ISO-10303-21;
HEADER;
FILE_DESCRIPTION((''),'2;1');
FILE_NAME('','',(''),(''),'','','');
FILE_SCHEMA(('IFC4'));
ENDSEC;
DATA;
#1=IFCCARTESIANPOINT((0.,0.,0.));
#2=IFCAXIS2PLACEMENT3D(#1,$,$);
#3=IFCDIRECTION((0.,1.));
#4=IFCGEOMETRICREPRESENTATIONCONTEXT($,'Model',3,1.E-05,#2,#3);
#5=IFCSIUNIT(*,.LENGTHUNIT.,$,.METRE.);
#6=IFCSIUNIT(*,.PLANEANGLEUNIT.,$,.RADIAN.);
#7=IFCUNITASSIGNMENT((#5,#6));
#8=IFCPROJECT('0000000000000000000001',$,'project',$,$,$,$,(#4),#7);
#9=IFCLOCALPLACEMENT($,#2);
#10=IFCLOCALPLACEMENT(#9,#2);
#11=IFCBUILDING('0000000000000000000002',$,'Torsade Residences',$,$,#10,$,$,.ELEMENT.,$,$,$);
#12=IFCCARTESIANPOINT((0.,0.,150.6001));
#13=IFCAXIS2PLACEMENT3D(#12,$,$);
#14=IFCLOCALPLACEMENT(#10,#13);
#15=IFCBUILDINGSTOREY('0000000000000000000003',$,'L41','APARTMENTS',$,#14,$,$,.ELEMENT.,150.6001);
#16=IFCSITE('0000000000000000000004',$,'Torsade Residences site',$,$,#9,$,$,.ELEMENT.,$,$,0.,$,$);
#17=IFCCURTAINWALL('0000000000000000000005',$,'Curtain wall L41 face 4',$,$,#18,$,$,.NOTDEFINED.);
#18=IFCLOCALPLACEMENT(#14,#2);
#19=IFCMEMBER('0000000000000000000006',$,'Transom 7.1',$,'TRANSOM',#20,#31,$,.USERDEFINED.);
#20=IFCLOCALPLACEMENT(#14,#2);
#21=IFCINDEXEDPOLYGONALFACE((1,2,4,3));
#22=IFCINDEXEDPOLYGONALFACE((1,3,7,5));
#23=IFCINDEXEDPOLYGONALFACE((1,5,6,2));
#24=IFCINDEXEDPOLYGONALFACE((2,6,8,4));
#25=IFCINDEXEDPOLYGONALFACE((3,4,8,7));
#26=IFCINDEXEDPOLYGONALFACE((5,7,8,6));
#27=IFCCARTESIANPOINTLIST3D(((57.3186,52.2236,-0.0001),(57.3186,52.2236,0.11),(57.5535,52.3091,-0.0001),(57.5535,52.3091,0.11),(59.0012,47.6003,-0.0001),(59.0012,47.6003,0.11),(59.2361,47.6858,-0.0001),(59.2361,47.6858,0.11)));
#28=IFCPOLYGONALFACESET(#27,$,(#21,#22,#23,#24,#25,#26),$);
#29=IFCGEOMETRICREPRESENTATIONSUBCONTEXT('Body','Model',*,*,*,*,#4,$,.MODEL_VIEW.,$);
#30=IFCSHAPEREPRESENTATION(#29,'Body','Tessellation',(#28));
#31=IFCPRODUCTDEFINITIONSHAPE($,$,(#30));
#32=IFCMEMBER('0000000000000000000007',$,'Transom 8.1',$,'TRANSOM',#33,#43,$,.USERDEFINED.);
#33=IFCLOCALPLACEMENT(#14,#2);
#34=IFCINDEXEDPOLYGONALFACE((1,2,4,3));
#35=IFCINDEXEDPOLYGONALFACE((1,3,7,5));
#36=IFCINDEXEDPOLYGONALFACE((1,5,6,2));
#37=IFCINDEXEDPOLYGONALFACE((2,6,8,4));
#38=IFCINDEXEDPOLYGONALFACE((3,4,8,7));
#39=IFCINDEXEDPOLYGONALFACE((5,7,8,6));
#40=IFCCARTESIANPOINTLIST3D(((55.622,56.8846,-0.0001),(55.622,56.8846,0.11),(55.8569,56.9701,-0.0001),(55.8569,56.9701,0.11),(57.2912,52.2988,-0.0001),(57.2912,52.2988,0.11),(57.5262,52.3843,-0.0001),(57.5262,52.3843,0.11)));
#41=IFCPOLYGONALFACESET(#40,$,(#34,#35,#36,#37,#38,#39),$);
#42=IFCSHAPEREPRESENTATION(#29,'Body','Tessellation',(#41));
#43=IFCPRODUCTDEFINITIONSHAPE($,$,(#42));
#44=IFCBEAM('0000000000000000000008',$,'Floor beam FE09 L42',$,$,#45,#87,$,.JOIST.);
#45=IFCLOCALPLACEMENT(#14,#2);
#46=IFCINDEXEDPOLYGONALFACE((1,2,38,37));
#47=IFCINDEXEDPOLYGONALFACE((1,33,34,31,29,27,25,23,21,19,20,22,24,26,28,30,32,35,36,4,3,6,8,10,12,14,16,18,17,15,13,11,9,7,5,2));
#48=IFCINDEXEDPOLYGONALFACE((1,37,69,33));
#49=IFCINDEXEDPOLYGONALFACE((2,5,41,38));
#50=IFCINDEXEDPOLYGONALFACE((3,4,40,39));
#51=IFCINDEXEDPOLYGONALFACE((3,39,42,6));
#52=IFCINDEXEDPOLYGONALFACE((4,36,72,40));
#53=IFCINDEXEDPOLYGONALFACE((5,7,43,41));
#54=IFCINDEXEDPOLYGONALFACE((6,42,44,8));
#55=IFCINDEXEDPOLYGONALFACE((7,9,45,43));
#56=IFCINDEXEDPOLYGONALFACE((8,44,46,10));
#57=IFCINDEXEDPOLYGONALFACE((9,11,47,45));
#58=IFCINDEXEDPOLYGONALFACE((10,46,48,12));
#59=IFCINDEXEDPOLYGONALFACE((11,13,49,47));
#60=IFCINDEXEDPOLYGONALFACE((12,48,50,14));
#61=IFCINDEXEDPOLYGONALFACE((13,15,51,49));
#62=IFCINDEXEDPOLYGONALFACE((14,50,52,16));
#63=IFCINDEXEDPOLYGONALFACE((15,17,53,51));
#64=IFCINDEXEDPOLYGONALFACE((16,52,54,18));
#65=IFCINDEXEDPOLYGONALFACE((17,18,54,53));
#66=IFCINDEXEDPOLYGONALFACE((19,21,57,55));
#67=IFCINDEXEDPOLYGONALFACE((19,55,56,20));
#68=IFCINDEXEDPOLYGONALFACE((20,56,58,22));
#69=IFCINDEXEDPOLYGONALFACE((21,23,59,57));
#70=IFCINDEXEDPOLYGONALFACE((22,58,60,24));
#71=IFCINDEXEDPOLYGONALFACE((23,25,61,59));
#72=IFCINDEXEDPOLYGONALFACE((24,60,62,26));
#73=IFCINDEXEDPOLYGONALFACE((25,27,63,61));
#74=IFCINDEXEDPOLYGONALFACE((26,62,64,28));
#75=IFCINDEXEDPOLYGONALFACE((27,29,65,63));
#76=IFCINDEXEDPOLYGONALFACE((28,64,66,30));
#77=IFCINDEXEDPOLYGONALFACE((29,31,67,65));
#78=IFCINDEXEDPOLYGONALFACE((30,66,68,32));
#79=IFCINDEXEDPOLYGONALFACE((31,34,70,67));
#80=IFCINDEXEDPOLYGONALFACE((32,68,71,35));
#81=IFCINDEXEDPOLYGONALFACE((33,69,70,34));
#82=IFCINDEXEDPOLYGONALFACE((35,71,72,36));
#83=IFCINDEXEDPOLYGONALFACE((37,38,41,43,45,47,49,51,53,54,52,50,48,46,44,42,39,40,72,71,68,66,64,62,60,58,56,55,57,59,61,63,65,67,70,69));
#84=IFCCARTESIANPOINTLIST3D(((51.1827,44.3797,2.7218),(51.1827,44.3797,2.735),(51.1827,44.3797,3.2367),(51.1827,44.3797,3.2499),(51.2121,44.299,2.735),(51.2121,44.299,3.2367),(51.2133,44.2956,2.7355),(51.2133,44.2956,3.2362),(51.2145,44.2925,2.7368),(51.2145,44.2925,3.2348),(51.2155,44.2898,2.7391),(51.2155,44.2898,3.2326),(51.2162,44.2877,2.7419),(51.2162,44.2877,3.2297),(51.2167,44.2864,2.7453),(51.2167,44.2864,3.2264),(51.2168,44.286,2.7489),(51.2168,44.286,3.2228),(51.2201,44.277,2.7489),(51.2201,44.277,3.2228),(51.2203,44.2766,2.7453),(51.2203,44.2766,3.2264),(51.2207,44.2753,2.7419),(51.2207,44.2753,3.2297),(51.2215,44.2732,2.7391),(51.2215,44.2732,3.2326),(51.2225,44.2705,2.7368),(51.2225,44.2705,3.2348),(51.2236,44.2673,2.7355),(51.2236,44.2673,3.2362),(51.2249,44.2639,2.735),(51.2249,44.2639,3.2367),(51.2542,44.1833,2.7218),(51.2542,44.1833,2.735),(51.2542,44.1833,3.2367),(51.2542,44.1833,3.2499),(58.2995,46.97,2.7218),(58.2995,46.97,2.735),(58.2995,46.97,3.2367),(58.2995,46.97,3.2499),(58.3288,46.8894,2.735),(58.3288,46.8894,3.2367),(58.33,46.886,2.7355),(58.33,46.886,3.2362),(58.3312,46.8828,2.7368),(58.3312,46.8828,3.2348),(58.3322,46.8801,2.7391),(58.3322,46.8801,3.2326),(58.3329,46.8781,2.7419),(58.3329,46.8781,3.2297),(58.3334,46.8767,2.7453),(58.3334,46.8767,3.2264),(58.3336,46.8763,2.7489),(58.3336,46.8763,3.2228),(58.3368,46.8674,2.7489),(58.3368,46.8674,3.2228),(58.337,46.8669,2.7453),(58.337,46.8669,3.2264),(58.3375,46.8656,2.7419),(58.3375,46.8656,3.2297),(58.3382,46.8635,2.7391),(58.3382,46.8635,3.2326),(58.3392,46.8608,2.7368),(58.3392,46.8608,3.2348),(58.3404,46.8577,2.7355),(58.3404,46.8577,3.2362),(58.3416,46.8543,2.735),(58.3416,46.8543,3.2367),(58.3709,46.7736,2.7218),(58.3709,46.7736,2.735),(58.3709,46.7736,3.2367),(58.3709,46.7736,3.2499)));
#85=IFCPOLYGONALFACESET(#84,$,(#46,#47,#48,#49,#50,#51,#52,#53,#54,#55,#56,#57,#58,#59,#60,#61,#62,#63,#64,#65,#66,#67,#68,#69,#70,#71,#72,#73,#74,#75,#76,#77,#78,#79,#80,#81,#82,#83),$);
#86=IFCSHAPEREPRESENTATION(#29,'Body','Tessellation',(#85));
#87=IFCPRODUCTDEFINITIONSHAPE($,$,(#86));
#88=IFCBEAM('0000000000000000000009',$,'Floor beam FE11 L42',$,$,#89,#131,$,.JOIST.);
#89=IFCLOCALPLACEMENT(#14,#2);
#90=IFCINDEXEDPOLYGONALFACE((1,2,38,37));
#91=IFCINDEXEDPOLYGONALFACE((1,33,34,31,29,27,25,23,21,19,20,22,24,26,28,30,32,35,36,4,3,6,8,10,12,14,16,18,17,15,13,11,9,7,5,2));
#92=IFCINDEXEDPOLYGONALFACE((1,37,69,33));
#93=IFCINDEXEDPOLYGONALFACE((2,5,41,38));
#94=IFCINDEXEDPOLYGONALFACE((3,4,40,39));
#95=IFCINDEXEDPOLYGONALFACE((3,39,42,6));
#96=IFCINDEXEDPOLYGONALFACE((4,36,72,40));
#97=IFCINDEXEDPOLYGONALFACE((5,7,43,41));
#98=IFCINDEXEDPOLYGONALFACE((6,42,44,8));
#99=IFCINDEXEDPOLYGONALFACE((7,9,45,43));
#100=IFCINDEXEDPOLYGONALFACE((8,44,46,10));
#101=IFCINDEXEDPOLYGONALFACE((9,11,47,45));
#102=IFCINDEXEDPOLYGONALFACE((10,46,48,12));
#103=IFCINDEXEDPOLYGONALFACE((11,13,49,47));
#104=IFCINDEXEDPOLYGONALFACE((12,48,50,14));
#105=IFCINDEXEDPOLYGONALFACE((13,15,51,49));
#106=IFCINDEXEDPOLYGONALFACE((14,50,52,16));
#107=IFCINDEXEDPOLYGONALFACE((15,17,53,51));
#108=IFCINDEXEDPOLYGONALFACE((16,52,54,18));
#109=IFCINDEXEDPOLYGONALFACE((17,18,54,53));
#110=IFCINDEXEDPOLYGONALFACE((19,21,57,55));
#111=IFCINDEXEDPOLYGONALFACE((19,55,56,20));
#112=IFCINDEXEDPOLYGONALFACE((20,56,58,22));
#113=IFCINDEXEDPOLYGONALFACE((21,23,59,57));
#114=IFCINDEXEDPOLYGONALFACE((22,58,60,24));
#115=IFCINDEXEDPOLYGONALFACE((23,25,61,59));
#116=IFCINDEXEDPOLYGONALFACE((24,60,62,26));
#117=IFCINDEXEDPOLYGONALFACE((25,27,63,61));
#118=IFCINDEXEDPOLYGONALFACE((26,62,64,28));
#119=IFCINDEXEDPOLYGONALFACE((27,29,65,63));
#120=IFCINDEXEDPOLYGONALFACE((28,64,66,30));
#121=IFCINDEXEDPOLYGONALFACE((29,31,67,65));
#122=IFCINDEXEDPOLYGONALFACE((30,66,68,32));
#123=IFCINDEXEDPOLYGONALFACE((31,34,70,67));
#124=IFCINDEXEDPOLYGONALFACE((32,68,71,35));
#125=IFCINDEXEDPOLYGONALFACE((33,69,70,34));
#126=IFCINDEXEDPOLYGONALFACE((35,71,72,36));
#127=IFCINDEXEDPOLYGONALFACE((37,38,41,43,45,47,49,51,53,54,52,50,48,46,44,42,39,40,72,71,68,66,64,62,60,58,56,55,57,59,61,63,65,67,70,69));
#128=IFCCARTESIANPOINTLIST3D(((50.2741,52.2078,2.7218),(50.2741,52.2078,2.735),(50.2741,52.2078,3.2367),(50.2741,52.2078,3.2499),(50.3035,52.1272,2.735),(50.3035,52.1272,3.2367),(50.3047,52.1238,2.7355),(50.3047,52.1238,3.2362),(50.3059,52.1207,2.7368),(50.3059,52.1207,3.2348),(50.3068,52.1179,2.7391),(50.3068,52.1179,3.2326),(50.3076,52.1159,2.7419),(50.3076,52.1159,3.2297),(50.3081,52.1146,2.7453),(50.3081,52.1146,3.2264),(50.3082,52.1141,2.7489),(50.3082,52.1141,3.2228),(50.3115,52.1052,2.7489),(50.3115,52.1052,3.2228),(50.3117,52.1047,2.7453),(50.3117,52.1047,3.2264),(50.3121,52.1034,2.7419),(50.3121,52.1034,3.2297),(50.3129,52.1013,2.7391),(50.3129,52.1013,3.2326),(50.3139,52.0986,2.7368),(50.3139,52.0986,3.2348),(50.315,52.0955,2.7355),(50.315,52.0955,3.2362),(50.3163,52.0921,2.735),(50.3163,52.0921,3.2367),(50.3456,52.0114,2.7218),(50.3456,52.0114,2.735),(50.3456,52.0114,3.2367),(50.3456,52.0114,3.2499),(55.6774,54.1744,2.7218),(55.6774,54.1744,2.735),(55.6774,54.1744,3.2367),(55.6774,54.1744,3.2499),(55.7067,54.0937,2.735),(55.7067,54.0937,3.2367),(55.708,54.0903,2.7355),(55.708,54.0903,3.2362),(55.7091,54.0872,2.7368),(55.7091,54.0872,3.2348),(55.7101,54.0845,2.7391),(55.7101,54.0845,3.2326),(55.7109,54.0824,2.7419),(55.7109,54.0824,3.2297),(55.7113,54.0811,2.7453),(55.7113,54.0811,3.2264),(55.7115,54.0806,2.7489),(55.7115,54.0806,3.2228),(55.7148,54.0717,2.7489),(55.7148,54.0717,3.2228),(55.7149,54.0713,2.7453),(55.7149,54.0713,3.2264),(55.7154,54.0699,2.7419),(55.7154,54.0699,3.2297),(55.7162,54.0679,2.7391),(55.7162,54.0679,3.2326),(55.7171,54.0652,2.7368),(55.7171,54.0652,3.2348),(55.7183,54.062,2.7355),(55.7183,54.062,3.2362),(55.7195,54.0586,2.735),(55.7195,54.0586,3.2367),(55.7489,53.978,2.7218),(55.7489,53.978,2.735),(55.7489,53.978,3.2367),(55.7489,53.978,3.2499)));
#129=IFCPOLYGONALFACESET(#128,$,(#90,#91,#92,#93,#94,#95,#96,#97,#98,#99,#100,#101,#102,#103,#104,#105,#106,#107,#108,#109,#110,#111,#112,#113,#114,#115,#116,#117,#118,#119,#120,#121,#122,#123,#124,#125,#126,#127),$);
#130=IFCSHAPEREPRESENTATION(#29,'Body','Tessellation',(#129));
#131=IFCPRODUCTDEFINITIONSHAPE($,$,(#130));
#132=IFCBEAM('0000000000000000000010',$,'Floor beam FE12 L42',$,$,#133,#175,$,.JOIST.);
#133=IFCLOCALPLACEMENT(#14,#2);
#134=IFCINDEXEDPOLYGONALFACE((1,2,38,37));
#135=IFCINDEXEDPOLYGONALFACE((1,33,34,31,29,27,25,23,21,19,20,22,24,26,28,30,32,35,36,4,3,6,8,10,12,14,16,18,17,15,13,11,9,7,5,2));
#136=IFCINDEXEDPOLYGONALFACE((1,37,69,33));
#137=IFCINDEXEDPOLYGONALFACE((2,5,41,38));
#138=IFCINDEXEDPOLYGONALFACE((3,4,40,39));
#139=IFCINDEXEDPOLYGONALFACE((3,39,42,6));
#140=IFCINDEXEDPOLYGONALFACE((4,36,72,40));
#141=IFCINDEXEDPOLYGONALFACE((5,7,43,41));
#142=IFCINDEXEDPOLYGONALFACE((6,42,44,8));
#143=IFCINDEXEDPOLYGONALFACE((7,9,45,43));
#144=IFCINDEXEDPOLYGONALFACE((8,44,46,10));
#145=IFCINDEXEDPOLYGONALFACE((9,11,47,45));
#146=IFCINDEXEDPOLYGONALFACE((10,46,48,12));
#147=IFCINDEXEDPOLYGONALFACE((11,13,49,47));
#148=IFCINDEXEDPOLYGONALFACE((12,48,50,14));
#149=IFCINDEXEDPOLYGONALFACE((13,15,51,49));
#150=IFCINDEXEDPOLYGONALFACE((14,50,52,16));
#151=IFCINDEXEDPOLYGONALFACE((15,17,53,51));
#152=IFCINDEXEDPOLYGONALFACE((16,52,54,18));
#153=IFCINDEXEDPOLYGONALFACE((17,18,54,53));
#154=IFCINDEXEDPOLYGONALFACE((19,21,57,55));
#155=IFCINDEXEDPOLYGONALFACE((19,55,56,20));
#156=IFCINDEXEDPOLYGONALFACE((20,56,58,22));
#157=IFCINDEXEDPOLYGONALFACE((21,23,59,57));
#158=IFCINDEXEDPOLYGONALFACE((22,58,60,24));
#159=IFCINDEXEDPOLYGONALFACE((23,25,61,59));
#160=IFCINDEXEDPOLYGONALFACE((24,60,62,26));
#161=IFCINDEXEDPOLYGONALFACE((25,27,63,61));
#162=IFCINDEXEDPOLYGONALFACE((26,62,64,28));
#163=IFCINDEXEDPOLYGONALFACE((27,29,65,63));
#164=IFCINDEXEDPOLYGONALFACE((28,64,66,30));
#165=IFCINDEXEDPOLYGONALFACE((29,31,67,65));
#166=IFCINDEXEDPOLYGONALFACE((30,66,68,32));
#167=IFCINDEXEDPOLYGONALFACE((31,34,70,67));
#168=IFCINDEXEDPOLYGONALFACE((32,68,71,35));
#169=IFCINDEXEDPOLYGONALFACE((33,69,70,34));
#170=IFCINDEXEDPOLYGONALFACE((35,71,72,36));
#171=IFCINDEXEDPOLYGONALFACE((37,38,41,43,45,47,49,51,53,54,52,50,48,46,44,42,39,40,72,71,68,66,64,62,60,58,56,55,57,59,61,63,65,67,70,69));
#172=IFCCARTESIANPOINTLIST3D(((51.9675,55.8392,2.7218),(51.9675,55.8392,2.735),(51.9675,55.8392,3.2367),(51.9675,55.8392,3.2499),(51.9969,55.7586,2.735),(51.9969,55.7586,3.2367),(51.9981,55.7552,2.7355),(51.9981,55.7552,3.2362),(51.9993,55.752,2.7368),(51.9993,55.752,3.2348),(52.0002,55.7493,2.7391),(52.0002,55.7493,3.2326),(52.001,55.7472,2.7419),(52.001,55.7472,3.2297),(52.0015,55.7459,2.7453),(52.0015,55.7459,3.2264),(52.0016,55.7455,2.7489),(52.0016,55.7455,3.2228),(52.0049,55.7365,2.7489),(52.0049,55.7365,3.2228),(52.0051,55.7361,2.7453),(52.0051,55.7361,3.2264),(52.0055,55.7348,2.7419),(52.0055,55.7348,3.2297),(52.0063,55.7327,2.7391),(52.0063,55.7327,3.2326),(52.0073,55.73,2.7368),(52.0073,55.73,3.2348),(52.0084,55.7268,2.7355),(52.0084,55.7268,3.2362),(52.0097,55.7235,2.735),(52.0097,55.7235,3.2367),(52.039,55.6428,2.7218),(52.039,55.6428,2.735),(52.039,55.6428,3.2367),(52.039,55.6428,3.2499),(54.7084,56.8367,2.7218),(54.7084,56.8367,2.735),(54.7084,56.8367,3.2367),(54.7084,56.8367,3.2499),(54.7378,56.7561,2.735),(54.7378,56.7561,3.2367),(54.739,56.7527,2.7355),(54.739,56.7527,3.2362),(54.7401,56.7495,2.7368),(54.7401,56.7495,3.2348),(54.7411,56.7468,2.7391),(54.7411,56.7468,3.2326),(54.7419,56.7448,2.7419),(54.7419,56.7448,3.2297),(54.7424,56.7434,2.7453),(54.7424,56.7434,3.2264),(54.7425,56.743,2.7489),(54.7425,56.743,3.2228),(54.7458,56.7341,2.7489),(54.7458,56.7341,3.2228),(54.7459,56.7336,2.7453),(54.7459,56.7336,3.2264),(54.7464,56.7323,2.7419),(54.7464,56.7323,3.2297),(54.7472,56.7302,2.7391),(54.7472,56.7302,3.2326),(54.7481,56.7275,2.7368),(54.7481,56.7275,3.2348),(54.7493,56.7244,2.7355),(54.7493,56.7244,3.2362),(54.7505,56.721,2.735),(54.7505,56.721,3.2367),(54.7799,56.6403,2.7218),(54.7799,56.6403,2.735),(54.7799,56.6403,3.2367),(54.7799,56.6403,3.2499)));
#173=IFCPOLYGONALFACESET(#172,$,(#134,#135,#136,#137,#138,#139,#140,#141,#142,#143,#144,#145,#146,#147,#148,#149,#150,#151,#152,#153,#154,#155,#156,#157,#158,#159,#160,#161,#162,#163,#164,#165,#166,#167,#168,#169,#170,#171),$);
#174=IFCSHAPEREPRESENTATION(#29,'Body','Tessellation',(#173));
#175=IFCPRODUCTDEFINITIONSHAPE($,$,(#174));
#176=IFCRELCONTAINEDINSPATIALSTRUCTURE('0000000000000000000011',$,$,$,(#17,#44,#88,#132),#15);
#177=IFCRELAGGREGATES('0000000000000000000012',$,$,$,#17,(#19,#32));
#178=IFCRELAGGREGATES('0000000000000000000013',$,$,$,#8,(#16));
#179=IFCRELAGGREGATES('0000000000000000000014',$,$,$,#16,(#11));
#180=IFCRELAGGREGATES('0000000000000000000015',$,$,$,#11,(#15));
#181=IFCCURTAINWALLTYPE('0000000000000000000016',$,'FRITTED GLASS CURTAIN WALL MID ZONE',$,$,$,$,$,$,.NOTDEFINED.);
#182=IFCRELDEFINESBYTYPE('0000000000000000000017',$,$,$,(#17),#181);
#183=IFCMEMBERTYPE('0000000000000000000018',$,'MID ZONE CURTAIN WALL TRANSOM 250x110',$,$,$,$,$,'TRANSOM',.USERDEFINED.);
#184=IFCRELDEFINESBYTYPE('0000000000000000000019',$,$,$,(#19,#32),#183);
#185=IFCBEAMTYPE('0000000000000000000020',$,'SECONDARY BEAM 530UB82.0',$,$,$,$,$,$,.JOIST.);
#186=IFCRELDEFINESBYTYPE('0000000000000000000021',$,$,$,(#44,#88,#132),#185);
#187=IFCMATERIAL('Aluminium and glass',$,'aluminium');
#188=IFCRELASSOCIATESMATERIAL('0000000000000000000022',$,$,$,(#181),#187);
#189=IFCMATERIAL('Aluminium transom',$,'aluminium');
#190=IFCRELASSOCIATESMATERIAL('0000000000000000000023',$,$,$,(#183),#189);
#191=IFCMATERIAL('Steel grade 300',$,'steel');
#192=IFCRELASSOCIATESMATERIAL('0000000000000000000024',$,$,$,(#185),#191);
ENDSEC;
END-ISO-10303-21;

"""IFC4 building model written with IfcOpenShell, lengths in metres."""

from ifc_helpers import new_model, si_unit, direction, frame, origin, origin_2d, place, context, subcontext, project, spatial, rectangle, i_section, extrude, material, material_profile, profile_set, type_object, element, aggregate, save


model = new_model("IFC4")

# Units and contexts
model_context = context("Model", 3, precision=1e-05, world=origin(), true_north=direction((0.0, 1.0)))
body_context = subcontext(model_context, "Body", "Model", "MODEL_VIEW")
ifc_project = project(units=[si_unit("LENGTHUNIT", "METRE"), si_unit("PLANEANGLEUNIT", "RADIAN")], contexts=[model_context])

# Site, building, storey
site_placement = place(None, origin())
site = spatial("IfcSite", under=ifc_project, at=site_placement, Name="Torsade Residences site", CompositionType="ELEMENT", RefElevation=0.0)
building_placement = place(site_placement, origin())
building = spatial("IfcBuilding", under=site, at=building_placement, Name="Torsade Residences", CompositionType="ELEMENT")
storey_placement = place(building_placement, frame((0.0, 0.0, 150.6001)))
storey = spatial("IfcBuildingStorey", under=building, at=storey_placement, Name="L41", Description="APARTMENTS", CompositionType="ELEMENT", Elevation=150.6001)

# Curtain wall, members
ifc_material_1 = material(Name="Aluminium and glass", Category="aluminium")
curtain_wall_type = type_object("IfcCurtainWallType", Name="FRITTED GLASS CURTAIN WALL MID ZONE", PredefinedType="NOTDEFINED", material=ifc_material_1)
curtain_wall_placement = place(storey_placement, origin())
curtain_wall = element("IfcCurtainWall", 1, at=curtain_wall_placement, inside=storey, type_object=curtain_wall_type, Name="Curtain wall L41 face 4", PredefinedType="NOTDEFINED")
ifc_material_2 = material(Name="Aluminium transom", Category="aluminium")
ifc_material_profile_1 = material_profile(ifc_material_2, rectangle(XDim=0.25, YDim=0.1101, at=origin_2d()), Name="MID ZONE CURTAIN WALL TRANSOM 250x110")
ifc_profile_set_1 = profile_set([ifc_material_profile_1], Name="Aluminium transom")
member_type_1 = type_object("IfcMemberType", Name="MID ZONE CURTAIN WALL TRANSOM 250x110", ElementType="TRANSOM", PredefinedType="USERDEFINED", material=ifc_profile_set_1)
member_1_placement = place(storey_placement, frame((59.1187, 47.6431, 0.0549), z_axis=(-0.341998, 0.939701, 0.0), x_axis=(-0.939701, -0.341998, 0.0)))
member_1 = element("IfcMember", 2, at=member_1_placement, type_object=member_type_1, Name="Transom 7.1", ObjectType="TRANSOM", PredefinedType="USERDEFINED", context=body_context, shape_type="SweptSolid", body=[
    extrude(rectangle(XDim=0.25, YDim=0.1101, at=origin_2d()), origin(), (0.0, 0.0, 1.0), 4.9199),
])
member_2_placement = place(storey_placement, frame((57.4087, 52.3416, 0.0549), z_axis=(-0.342044, 0.939684, 0.0), x_axis=(-0.939684, -0.342044, 0.0)))
member_2 = element("IfcMember", 3, at=member_2_placement, type_object=member_type_1, Name="Transom 8.1", ObjectType="TRANSOM", PredefinedType="USERDEFINED", context=body_context, shape_type="SweptSolid", body=[
    extrude(rectangle(XDim=0.25, YDim=0.1101, at=origin_2d()), origin(), (0.0, 0.0, 1.0), 4.8801),
])

# Beams
ifc_material_3 = material(Name="Steel grade 300", Category="steel")
ifc_material_profile_2 = material_profile(ifc_material_3, i_section(OverallWidth=0.209, OverallDepth=0.5281, WebThickness=0.0095, FlangeThickness=0.0132, FilletRadius=0.0139, at=origin_2d()), Name="530UB82.0")
ifc_profile_set_2 = profile_set([ifc_material_profile_2], Name="Steel grade 300")
beam_type_1 = type_object("IfcBeamType", Name="SECONDARY BEAM 530UB82.0", PredefinedType="JOIST", material=ifc_profile_set_2)
beam_1_placement = place(storey_placement, frame((58.3352, 46.8718, 2.9858), z_axis=(-0.93969, -0.342028, 0.0), x_axis=(0.342028, -0.93969, 0.0)))
element("IfcBeam", 4, at=beam_1_placement, inside=storey, type_object=beam_type_1, Name="Floor beam FE09 L42", PredefinedType="JOIST", context=body_context, shape_type="SweptSolid", body=[
    extrude(i_section(OverallWidth=0.209, OverallDepth=0.5281, WebThickness=0.0095, FlangeThickness=0.0132, FilletRadius=0.0139, at=origin_2d()), origin(), (0.0, 0.0, 1.0), 7.5735),
])
beam_2_placement = place(storey_placement, frame((55.7131, 54.0762, 2.9858), z_axis=(-0.939698, -0.342006, 0.0), x_axis=(0.342006, -0.939698, 0.0)))
element("IfcBeam", 5, at=beam_2_placement, inside=storey, type_object=beam_type_1, Name="Floor beam FE11 L42", PredefinedType="JOIST", context=body_context, shape_type="SweptSolid", body=[
    extrude(i_section(OverallWidth=0.209, OverallDepth=0.5281, WebThickness=0.0095, FlangeThickness=0.0132, FilletRadius=0.0139, at=origin_2d()), origin(), (0.0, 0.0, 1.0), 5.75),
])
for number, where, z_axis, x_axis, name in (
    (6, (54.7441, 56.7385, 2.9858), (-0.939701, -0.341998, 0.0), (0.341998, -0.939701, 0.0), "Floor beam FE12 L42"),
):
    element("IfcBeam", number, at=place(storey_placement, frame(where, z_axis=z_axis, x_axis=x_axis)), inside=storey, type_object=beam_type_1, Name=name, PredefinedType="JOIST", context=body_context, shape_type="SweptSolid", body=[
        extrude(i_section(OverallWidth=0.209, OverallDepth=0.5281, WebThickness=0.0095, FlangeThickness=0.0132, FilletRadius=0.0139, at=origin_2d()), origin(), (0.0, 0.0, 1.0), 2.9167),
    ])

aggregate(curtain_wall, [member_1, member_2])

save(model, "model.ifc")
